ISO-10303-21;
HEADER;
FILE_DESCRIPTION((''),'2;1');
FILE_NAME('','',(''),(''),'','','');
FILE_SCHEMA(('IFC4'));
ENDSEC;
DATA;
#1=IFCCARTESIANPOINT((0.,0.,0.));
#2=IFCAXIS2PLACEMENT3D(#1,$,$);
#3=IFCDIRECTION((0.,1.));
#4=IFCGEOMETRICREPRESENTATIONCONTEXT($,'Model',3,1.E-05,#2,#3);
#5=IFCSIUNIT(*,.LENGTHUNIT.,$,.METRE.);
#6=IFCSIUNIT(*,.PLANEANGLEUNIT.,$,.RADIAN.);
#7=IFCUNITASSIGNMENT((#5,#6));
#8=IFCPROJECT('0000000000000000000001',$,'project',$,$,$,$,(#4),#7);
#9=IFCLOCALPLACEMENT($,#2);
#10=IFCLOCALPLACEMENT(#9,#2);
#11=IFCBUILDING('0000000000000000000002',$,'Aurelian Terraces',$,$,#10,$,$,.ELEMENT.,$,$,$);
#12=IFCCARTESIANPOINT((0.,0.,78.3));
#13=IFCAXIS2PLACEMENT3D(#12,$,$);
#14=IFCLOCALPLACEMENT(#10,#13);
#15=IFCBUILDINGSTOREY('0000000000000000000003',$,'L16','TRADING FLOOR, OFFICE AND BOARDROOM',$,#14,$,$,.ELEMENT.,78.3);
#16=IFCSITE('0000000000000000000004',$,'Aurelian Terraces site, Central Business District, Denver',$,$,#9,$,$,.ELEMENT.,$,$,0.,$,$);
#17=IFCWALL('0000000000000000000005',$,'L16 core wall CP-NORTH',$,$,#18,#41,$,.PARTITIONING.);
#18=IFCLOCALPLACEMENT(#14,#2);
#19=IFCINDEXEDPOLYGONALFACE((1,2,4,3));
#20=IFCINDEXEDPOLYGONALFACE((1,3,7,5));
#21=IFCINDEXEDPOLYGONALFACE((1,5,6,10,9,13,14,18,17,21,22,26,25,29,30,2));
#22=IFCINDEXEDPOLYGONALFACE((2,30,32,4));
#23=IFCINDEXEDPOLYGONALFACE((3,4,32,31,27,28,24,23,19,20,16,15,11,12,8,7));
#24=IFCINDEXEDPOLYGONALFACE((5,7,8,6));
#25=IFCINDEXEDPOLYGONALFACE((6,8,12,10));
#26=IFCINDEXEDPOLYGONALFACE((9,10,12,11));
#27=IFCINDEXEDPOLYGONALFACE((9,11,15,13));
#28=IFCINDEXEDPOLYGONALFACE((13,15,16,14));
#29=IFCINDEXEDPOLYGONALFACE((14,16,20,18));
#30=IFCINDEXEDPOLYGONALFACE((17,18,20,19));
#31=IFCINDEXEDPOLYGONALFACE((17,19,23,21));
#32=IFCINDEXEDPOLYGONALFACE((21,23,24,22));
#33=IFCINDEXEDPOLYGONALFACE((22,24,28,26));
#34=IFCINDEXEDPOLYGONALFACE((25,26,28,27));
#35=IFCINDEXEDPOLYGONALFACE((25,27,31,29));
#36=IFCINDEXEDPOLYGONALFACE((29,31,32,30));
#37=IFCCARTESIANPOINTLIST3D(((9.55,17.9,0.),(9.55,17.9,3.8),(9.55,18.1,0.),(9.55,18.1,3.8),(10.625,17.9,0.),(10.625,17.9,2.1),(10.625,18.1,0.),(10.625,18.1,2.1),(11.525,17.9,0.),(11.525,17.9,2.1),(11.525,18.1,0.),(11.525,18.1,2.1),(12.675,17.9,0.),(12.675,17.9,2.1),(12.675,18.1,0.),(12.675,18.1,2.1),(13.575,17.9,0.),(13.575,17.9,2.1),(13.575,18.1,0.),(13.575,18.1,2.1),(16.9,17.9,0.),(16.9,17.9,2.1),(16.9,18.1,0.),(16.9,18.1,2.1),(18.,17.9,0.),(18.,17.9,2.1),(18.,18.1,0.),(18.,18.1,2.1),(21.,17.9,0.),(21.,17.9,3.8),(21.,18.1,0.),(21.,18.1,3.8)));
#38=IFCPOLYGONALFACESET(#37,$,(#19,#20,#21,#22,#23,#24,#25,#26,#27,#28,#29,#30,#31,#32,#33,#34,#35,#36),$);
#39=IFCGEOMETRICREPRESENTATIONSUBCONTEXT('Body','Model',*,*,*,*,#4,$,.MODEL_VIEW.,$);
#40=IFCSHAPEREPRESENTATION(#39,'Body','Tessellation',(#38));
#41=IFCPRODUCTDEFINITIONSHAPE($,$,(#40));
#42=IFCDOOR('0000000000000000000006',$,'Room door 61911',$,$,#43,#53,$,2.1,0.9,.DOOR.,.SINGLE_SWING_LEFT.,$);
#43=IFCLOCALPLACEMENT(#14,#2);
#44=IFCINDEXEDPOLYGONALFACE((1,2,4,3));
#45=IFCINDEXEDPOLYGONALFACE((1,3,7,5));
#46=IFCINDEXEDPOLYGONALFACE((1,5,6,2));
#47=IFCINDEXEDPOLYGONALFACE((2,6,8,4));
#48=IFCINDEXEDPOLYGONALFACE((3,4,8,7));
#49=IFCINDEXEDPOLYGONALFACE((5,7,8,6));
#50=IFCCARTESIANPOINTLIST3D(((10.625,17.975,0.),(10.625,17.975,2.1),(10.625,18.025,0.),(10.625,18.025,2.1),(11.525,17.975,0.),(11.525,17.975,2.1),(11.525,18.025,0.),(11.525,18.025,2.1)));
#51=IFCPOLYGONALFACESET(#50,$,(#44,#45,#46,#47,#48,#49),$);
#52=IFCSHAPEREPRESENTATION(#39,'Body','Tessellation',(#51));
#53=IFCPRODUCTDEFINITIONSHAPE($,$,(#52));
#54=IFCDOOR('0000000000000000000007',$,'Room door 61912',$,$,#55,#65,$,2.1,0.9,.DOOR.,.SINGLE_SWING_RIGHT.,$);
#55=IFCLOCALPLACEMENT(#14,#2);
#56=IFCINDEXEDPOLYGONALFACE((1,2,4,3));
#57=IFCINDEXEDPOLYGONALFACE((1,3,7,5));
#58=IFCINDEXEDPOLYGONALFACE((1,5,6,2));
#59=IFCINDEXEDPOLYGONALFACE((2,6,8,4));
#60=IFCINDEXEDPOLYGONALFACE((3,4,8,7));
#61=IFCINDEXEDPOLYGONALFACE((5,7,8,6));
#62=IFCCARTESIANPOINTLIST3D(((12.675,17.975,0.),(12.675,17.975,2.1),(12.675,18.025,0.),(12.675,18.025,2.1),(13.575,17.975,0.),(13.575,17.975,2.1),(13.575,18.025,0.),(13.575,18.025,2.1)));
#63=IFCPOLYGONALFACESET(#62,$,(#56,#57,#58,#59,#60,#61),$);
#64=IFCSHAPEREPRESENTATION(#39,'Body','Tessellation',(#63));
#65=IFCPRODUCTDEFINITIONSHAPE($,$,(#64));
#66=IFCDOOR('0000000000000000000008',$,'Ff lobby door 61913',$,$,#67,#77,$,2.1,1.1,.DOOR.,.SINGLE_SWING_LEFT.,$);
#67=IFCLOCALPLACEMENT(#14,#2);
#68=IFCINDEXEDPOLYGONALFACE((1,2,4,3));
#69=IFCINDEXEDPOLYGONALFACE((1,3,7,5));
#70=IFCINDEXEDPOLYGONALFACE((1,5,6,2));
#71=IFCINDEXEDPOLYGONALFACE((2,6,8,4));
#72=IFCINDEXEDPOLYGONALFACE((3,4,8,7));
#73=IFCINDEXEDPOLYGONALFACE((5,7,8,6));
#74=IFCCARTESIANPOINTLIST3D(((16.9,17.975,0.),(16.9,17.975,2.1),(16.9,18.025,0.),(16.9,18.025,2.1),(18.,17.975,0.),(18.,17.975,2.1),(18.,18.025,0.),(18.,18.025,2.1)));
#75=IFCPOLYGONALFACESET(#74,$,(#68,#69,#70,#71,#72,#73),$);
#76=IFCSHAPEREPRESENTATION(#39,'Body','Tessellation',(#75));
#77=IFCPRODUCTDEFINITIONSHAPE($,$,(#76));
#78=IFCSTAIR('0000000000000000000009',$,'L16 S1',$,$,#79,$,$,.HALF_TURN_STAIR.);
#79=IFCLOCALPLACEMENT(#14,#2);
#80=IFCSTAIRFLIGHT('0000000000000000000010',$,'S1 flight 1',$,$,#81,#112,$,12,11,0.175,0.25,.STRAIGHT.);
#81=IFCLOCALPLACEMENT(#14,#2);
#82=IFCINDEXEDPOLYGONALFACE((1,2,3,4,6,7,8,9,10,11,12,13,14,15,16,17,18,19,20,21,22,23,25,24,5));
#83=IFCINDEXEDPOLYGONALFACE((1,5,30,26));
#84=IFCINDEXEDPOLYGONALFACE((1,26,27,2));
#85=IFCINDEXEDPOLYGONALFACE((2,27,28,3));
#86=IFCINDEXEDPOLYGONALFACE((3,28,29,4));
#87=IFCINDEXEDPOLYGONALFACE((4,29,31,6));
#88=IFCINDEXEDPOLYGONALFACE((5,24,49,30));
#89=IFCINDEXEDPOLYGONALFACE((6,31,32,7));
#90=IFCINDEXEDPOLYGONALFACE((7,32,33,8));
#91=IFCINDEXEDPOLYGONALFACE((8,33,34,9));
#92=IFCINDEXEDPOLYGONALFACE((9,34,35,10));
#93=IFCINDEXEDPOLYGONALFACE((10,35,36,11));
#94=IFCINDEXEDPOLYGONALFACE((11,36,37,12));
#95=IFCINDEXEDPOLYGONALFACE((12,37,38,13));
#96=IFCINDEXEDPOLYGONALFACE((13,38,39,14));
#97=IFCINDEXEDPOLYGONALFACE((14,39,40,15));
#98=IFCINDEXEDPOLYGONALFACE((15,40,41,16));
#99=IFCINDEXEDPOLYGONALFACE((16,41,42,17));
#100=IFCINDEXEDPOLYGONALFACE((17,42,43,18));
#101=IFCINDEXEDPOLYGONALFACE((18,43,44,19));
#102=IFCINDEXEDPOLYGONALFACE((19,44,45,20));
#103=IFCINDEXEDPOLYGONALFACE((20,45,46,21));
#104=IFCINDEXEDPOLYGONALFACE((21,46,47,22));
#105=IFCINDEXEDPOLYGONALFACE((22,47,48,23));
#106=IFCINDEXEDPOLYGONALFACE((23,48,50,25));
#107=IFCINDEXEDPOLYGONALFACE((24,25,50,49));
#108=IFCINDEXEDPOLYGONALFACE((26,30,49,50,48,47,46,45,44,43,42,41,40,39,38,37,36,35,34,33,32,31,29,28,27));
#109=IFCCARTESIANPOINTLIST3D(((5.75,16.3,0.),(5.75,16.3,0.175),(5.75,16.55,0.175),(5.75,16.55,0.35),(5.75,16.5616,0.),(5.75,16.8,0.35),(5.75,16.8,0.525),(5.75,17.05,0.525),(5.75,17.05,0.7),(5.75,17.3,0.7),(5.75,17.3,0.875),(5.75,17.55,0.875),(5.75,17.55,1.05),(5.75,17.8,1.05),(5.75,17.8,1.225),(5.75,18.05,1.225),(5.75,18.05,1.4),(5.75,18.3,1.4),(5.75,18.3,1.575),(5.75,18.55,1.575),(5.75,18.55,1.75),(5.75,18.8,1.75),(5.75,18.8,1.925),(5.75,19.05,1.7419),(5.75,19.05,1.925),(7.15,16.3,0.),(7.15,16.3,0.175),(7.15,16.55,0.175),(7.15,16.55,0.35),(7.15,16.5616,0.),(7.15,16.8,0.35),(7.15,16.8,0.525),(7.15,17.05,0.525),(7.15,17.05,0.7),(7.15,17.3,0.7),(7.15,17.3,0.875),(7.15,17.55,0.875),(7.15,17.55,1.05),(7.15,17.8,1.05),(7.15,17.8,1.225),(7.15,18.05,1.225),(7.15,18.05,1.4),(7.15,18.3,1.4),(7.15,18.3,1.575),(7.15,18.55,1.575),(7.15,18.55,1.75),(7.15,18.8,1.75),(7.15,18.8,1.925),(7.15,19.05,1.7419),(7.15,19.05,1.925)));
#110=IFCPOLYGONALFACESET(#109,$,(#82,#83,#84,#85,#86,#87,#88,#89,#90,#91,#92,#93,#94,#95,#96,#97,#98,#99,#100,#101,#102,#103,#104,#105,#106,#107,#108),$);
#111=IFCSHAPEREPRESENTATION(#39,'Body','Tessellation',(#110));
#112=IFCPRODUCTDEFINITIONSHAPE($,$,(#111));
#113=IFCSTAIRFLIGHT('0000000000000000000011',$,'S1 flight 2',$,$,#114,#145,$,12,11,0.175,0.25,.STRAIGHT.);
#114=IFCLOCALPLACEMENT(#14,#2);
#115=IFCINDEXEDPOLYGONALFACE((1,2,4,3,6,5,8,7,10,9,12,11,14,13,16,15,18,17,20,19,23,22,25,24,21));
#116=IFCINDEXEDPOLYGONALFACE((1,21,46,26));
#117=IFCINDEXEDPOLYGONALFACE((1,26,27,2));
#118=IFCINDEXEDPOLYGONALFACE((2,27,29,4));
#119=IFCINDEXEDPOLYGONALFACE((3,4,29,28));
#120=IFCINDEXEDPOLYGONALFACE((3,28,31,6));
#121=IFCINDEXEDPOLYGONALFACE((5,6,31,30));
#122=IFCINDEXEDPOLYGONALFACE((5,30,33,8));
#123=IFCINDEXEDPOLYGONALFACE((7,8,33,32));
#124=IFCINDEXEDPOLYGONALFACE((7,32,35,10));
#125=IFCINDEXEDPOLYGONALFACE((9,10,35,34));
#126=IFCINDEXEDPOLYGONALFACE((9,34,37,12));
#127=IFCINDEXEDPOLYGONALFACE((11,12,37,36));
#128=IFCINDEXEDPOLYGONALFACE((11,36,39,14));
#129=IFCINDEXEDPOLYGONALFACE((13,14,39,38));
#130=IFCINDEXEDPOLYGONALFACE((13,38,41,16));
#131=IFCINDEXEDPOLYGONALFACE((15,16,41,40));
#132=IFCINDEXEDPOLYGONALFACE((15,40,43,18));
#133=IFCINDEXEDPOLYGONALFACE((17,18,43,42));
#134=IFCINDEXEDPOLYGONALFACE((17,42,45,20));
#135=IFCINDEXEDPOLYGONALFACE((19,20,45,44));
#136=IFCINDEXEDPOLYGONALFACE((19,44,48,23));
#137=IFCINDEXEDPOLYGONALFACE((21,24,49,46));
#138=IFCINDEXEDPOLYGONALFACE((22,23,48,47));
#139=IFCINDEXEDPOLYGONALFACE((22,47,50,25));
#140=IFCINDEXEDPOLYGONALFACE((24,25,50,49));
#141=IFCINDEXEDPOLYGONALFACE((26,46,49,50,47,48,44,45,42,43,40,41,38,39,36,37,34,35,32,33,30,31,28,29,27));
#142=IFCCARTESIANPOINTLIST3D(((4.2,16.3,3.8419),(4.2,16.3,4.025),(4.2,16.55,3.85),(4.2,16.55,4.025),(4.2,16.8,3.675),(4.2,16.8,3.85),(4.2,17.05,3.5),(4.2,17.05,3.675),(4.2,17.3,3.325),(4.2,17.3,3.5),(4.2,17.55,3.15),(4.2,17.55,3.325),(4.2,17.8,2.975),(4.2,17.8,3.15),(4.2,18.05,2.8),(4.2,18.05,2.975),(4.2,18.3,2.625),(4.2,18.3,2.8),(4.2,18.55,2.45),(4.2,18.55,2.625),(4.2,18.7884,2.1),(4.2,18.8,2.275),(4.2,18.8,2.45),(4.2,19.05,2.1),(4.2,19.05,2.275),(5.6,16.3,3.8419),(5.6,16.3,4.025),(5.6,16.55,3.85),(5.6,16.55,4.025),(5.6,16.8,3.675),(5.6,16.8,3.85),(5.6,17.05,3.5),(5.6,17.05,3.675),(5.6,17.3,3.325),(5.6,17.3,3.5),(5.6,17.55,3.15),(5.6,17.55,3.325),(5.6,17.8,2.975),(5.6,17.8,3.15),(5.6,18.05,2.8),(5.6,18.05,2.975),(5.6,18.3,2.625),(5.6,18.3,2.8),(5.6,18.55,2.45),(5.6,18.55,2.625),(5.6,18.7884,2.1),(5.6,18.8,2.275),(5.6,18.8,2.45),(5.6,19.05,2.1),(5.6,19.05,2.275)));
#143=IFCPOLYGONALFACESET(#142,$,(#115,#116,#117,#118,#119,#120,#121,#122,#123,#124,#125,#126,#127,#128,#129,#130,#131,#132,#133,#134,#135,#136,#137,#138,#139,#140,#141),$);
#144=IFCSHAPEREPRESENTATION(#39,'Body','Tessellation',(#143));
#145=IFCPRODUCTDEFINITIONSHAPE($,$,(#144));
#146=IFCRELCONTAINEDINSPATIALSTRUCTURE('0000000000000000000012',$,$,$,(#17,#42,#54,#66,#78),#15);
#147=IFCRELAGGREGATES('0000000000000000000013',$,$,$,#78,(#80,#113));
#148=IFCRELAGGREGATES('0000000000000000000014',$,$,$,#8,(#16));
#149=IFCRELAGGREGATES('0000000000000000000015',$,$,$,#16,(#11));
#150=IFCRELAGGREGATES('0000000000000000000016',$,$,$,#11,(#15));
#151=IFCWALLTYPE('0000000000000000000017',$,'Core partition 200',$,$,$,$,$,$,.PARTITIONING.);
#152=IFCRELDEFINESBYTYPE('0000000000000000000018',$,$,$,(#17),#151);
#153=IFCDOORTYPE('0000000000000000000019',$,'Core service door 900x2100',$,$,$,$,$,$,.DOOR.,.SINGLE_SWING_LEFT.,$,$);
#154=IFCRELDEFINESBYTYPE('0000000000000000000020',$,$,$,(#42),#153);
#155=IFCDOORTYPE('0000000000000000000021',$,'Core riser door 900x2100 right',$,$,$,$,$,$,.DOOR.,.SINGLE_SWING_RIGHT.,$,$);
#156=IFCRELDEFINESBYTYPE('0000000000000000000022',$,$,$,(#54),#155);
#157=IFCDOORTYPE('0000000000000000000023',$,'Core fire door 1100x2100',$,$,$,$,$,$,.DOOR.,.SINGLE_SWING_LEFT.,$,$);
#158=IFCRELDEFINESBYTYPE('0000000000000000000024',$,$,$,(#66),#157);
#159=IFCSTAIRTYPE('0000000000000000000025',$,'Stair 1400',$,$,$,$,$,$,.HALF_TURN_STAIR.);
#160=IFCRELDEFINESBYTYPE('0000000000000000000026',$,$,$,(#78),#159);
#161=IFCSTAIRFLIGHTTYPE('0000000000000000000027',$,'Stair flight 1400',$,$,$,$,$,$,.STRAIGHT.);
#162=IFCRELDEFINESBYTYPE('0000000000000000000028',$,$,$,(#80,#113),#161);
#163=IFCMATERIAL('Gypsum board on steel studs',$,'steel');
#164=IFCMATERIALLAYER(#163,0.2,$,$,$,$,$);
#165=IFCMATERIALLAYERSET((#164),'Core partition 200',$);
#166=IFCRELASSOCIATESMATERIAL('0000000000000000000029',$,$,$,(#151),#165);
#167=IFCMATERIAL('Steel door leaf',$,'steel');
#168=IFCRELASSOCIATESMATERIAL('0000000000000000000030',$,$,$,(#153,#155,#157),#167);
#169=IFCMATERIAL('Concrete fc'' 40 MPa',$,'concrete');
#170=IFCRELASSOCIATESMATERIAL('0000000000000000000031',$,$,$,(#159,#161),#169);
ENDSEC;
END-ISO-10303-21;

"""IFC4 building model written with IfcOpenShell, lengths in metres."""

from ifc_helpers import new_model, si_unit, direction, frame, frame_2d, origin, place, context, subcontext, project, spatial, polyline, rectangle, outline, extrude, source, transform, mapped, material, layer, layer_set, type_object, element, fill, aggregate, save


model = new_model("IFC4")

# Units and contexts
model_context = context("Model", 3, precision=1e-05, world=origin(), true_north=direction((0.0, 1.0)))
body_context = subcontext(model_context, "Body", "Model", "MODEL_VIEW")
ifc_project = project(units=[si_unit("LENGTHUNIT", "METRE"), si_unit("PLANEANGLEUNIT", "RADIAN")], contexts=[model_context])

# Site, building, storey
site_placement = place(None, origin())
site = spatial("IfcSite", under=ifc_project, at=site_placement, Name="Aurelian Terraces site, Central Business District, Denver", CompositionType="ELEMENT", RefElevation=0.0)
building_placement = place(site_placement, origin())
building = spatial("IfcBuilding", under=site, at=building_placement, Name="Aurelian Terraces", CompositionType="ELEMENT")
storey_placement = place(building_placement, frame((0.0, 0.0, 78.3)))
storey = spatial("IfcBuildingStorey", under=building, at=storey_placement, Name="L16", Description="TRADING FLOOR, OFFICE AND BOARDROOM", CompositionType="ELEMENT", Elevation=78.3)

# Shared definitions
ifc_material_1 = material(Name="Concrete fc' 40 MPa", Category="concrete")
ifc_material_2 = material(Name="Gypsum board on steel studs", Category="steel")
ifc_layer_1 = layer(ifc_material_2, 0.2)
ifc_layer_set_1 = layer_set([ifc_layer_1], Name="Core partition 200")
wall_type_1 = type_object("IfcWallType", Name="Core partition 200", PredefinedType="PARTITIONING", material=ifc_layer_set_1)

# Shared definitions
ifc_material_3 = material(Name="Steel door leaf", Category="steel")
shared_shape_1 = source(origin(), body_context, "Body", "SweptSolid", [
    extrude(rectangle(XDim=1.1, YDim=2.1, at=frame_2d((0.55, 1.05))), frame((0.0, 0.025, 0.0), z_axis=(0.0, -1.0, 0.0), x_axis=(1.0, 0.0, 0.0)), (0.0, 0.0, 1.0), 0.05),
])

# Wall, openings, doors
shared_shape_2 = source(origin(), body_context, "Body", "SweptSolid", [
    extrude(rectangle(XDim=11.45, YDim=0.2, at=frame_2d((5.725, 0.0))), origin(), (0.0, 0.0, 1.0), 3.8),
])
wall_1_placement = place(storey_placement, frame((9.55, 18.0, 0.0), z_axis=(0.0, 0.0, 1.0), x_axis=(1.0, 0.0, 0.0)))
wall_1 = element("IfcWall", 1, at=wall_1_placement, inside=storey, type_object=wall_type_1, Name="L16 core wall CP-NORTH", PredefinedType="PARTITIONING", context=body_context, shape_type="MappedRepresentation", body=[
    mapped(shared_shape_2, transform((0.0, 0.0, 0.0), scale=1.0)),
])
shared_shape_3 = source(origin(), body_context, "Body", "SweptSolid", [
    extrude(rectangle(XDim=0.9, YDim=2.1, at=frame_2d((0.45, 1.05))), frame((0.0, 0.11, 0.0), z_axis=(0.0, -1.0, 0.0), x_axis=(1.0, 0.0, 0.0)), (0.0, 0.0, 1.0), 0.22),
])
opening_1_placement = place(wall_1_placement, frame((1.075, 0.0, 0.0)))
opening_1 = element("IfcOpeningElement", 2, at=opening_1_placement, cuts=wall_1, PredefinedType="OPENING", context=body_context, shape_type="MappedRepresentation", body=[
    mapped(shared_shape_3, transform((0.0, 0.0, 0.0), scale=1.0)),
])
opening_2_placement = place(wall_1_placement, frame((3.125, 0.0, 0.0)))
opening_2 = element("IfcOpeningElement", 3, at=opening_2_placement, cuts=wall_1, PredefinedType="OPENING", context=body_context, shape_type="MappedRepresentation", body=[
    mapped(shared_shape_3, transform((0.0, 0.0, 0.0), scale=1.0)),
])
shared_shape_4 = source(origin(), body_context, "Body", "SweptSolid", [
    extrude(rectangle(XDim=1.1, YDim=2.1, at=frame_2d((0.55, 1.05))), frame((0.0, 0.11, 0.0), z_axis=(0.0, -1.0, 0.0), x_axis=(1.0, 0.0, 0.0)), (0.0, 0.0, 1.0), 0.22),
])
opening_3_placement = place(wall_1_placement, frame((7.35, 0.0, 0.0)))
opening_3 = element("IfcOpeningElement", 4, at=opening_3_placement, cuts=wall_1, PredefinedType="OPENING", context=body_context, shape_type="MappedRepresentation", body=[
    mapped(shared_shape_4, transform((0.0, 0.0, 0.0), scale=1.0)),
])
door_type_1 = type_object("IfcDoorType", Name="Core service door 900x2100", OperationType="SINGLE_SWING_LEFT", PredefinedType="DOOR", material=ifc_material_3)
shared_shape_5 = source(origin(), body_context, "Body", "SweptSolid", [
    extrude(rectangle(XDim=0.9, YDim=2.1, at=frame_2d((0.45, 1.05))), frame((0.0, 0.025, 0.0), z_axis=(0.0, -1.0, 0.0), x_axis=(1.0, 0.0, 0.0)), (0.0, 0.0, 1.0), 0.05),
])
door_1_placement = place(opening_1_placement, origin())
door_1 = element("IfcDoor", 5, at=door_1_placement, inside=storey, type_object=door_type_1, Name="Room door 61911", OperationType="SINGLE_SWING_LEFT", OverallHeight=2.1, OverallWidth=0.9, PredefinedType="DOOR", context=body_context, shape_type="MappedRepresentation", body=[
    mapped(shared_shape_5, transform((0.0, 0.0, 0.0), scale=1.0)),
])
fill(opening_1, door_1)
door_type_2 = type_object("IfcDoorType", Name="Core riser door 900x2100 right", OperationType="SINGLE_SWING_RIGHT", PredefinedType="DOOR", material=ifc_material_3)
door_2_placement = place(opening_2_placement, origin())
door_2 = element("IfcDoor", 6, at=door_2_placement, inside=storey, type_object=door_type_2, Name="Room door 61912", OperationType="SINGLE_SWING_RIGHT", OverallHeight=2.1, OverallWidth=0.9, PredefinedType="DOOR", context=body_context, shape_type="MappedRepresentation", body=[
    mapped(shared_shape_5, transform((0.0, 0.0, 0.0), scale=1.0)),
])
fill(opening_2, door_2)
door_type_3 = type_object("IfcDoorType", Name="Core fire door 1100x2100", OperationType="SINGLE_SWING_LEFT", PredefinedType="DOOR", material=ifc_material_3)
door_3_placement = place(opening_3_placement, origin())
door_3 = element("IfcDoor", 7, at=door_3_placement, inside=storey, type_object=door_type_3, Name="Ff lobby door 61913", OperationType="SINGLE_SWING_LEFT", OverallHeight=2.1, OverallWidth=1.1, PredefinedType="DOOR", context=body_context, shape_type="MappedRepresentation", body=[
    mapped(shared_shape_1, transform((0.0, 0.0, 0.0), scale=1.0)),
])
fill(opening_3, door_3)

# Stair, stair flights
stair_type = type_object("IfcStairType", Name="Stair 1400", PredefinedType="HALF_TURN_STAIR", material=ifc_material_1)
stair_placement = place(storey_placement, origin())
stair = element("IfcStair", 8, at=stair_placement, inside=storey, type_object=stair_type, Name="L16 S1", PredefinedType="HALF_TURN_STAIR")
stair_flight_type = type_object("IfcStairFlightType", Name="Stair flight 1400", PredefinedType="STRAIGHT", material=ifc_material_1)
shared_shape_6 = source(origin(), body_context, "Body", "SweptSolid", [
    extrude(outline(polyline([(0.0, 0.0), (0.0, 0.175), (0.25, 0.175), (0.25, 0.35), (0.5, 0.35), (0.5, 0.525), (0.75, 0.525), (0.75, 0.7), (1.0, 0.7), (1.0, 0.875), (1.25, 0.875), (1.25, 1.05), (1.5, 1.05), (1.5, 1.225), (1.75, 1.225), (1.75, 1.4), (2.0, 1.4), (2.0, 1.575), (2.25, 1.575), (2.25, 1.75), (2.5, 1.75), (2.5, 1.925), (2.75, 1.925), (2.75, 2.1), (2.75, 1.7419), (0.2616, 0.0), (0.0, 0.0)])), frame((0.0, 0.7, 0.0), z_axis=(0.0, -1.0, 0.0), x_axis=(1.0, 0.0, 0.0)), (0.0, 0.0, 1.0), 1.4),
])
stair_flight_1_placement = place(storey_placement, frame((6.45, 16.3, 0.0), z_axis=(0.0, 0.0, 1.0), x_axis=(0.0, 1.0, 0.0)))
stair_flight_1 = element("IfcStairFlight", 9, at=stair_flight_1_placement, type_object=stair_flight_type, Name="S1 flight 1", NumberOfRisers=12, NumberOfTreads=11, PredefinedType="STRAIGHT", RiserHeight=0.175, TreadLength=0.25, context=body_context, shape_type="MappedRepresentation", body=[
    mapped(shared_shape_6, transform((0.0, 0.0, 0.0), scale=1.0)),
])
stair_flight_2_placement = place(storey_placement, frame((4.9, 19.05, 2.1), z_axis=(0.0, 0.0, 1.0), x_axis=(0.0, -1.0, 0.0)))
stair_flight_2 = element("IfcStairFlight", 10, at=stair_flight_2_placement, type_object=stair_flight_type, Name="S1 flight 2", NumberOfRisers=12, NumberOfTreads=11, PredefinedType="STRAIGHT", RiserHeight=0.175, TreadLength=0.25, context=body_context, shape_type="MappedRepresentation", body=[
    mapped(shared_shape_6, transform((0.0, 0.0, 0.0), scale=1.0)),
])
aggregate(stair, [stair_flight_1, stair_flight_2])

save(model, "model.ifc")
